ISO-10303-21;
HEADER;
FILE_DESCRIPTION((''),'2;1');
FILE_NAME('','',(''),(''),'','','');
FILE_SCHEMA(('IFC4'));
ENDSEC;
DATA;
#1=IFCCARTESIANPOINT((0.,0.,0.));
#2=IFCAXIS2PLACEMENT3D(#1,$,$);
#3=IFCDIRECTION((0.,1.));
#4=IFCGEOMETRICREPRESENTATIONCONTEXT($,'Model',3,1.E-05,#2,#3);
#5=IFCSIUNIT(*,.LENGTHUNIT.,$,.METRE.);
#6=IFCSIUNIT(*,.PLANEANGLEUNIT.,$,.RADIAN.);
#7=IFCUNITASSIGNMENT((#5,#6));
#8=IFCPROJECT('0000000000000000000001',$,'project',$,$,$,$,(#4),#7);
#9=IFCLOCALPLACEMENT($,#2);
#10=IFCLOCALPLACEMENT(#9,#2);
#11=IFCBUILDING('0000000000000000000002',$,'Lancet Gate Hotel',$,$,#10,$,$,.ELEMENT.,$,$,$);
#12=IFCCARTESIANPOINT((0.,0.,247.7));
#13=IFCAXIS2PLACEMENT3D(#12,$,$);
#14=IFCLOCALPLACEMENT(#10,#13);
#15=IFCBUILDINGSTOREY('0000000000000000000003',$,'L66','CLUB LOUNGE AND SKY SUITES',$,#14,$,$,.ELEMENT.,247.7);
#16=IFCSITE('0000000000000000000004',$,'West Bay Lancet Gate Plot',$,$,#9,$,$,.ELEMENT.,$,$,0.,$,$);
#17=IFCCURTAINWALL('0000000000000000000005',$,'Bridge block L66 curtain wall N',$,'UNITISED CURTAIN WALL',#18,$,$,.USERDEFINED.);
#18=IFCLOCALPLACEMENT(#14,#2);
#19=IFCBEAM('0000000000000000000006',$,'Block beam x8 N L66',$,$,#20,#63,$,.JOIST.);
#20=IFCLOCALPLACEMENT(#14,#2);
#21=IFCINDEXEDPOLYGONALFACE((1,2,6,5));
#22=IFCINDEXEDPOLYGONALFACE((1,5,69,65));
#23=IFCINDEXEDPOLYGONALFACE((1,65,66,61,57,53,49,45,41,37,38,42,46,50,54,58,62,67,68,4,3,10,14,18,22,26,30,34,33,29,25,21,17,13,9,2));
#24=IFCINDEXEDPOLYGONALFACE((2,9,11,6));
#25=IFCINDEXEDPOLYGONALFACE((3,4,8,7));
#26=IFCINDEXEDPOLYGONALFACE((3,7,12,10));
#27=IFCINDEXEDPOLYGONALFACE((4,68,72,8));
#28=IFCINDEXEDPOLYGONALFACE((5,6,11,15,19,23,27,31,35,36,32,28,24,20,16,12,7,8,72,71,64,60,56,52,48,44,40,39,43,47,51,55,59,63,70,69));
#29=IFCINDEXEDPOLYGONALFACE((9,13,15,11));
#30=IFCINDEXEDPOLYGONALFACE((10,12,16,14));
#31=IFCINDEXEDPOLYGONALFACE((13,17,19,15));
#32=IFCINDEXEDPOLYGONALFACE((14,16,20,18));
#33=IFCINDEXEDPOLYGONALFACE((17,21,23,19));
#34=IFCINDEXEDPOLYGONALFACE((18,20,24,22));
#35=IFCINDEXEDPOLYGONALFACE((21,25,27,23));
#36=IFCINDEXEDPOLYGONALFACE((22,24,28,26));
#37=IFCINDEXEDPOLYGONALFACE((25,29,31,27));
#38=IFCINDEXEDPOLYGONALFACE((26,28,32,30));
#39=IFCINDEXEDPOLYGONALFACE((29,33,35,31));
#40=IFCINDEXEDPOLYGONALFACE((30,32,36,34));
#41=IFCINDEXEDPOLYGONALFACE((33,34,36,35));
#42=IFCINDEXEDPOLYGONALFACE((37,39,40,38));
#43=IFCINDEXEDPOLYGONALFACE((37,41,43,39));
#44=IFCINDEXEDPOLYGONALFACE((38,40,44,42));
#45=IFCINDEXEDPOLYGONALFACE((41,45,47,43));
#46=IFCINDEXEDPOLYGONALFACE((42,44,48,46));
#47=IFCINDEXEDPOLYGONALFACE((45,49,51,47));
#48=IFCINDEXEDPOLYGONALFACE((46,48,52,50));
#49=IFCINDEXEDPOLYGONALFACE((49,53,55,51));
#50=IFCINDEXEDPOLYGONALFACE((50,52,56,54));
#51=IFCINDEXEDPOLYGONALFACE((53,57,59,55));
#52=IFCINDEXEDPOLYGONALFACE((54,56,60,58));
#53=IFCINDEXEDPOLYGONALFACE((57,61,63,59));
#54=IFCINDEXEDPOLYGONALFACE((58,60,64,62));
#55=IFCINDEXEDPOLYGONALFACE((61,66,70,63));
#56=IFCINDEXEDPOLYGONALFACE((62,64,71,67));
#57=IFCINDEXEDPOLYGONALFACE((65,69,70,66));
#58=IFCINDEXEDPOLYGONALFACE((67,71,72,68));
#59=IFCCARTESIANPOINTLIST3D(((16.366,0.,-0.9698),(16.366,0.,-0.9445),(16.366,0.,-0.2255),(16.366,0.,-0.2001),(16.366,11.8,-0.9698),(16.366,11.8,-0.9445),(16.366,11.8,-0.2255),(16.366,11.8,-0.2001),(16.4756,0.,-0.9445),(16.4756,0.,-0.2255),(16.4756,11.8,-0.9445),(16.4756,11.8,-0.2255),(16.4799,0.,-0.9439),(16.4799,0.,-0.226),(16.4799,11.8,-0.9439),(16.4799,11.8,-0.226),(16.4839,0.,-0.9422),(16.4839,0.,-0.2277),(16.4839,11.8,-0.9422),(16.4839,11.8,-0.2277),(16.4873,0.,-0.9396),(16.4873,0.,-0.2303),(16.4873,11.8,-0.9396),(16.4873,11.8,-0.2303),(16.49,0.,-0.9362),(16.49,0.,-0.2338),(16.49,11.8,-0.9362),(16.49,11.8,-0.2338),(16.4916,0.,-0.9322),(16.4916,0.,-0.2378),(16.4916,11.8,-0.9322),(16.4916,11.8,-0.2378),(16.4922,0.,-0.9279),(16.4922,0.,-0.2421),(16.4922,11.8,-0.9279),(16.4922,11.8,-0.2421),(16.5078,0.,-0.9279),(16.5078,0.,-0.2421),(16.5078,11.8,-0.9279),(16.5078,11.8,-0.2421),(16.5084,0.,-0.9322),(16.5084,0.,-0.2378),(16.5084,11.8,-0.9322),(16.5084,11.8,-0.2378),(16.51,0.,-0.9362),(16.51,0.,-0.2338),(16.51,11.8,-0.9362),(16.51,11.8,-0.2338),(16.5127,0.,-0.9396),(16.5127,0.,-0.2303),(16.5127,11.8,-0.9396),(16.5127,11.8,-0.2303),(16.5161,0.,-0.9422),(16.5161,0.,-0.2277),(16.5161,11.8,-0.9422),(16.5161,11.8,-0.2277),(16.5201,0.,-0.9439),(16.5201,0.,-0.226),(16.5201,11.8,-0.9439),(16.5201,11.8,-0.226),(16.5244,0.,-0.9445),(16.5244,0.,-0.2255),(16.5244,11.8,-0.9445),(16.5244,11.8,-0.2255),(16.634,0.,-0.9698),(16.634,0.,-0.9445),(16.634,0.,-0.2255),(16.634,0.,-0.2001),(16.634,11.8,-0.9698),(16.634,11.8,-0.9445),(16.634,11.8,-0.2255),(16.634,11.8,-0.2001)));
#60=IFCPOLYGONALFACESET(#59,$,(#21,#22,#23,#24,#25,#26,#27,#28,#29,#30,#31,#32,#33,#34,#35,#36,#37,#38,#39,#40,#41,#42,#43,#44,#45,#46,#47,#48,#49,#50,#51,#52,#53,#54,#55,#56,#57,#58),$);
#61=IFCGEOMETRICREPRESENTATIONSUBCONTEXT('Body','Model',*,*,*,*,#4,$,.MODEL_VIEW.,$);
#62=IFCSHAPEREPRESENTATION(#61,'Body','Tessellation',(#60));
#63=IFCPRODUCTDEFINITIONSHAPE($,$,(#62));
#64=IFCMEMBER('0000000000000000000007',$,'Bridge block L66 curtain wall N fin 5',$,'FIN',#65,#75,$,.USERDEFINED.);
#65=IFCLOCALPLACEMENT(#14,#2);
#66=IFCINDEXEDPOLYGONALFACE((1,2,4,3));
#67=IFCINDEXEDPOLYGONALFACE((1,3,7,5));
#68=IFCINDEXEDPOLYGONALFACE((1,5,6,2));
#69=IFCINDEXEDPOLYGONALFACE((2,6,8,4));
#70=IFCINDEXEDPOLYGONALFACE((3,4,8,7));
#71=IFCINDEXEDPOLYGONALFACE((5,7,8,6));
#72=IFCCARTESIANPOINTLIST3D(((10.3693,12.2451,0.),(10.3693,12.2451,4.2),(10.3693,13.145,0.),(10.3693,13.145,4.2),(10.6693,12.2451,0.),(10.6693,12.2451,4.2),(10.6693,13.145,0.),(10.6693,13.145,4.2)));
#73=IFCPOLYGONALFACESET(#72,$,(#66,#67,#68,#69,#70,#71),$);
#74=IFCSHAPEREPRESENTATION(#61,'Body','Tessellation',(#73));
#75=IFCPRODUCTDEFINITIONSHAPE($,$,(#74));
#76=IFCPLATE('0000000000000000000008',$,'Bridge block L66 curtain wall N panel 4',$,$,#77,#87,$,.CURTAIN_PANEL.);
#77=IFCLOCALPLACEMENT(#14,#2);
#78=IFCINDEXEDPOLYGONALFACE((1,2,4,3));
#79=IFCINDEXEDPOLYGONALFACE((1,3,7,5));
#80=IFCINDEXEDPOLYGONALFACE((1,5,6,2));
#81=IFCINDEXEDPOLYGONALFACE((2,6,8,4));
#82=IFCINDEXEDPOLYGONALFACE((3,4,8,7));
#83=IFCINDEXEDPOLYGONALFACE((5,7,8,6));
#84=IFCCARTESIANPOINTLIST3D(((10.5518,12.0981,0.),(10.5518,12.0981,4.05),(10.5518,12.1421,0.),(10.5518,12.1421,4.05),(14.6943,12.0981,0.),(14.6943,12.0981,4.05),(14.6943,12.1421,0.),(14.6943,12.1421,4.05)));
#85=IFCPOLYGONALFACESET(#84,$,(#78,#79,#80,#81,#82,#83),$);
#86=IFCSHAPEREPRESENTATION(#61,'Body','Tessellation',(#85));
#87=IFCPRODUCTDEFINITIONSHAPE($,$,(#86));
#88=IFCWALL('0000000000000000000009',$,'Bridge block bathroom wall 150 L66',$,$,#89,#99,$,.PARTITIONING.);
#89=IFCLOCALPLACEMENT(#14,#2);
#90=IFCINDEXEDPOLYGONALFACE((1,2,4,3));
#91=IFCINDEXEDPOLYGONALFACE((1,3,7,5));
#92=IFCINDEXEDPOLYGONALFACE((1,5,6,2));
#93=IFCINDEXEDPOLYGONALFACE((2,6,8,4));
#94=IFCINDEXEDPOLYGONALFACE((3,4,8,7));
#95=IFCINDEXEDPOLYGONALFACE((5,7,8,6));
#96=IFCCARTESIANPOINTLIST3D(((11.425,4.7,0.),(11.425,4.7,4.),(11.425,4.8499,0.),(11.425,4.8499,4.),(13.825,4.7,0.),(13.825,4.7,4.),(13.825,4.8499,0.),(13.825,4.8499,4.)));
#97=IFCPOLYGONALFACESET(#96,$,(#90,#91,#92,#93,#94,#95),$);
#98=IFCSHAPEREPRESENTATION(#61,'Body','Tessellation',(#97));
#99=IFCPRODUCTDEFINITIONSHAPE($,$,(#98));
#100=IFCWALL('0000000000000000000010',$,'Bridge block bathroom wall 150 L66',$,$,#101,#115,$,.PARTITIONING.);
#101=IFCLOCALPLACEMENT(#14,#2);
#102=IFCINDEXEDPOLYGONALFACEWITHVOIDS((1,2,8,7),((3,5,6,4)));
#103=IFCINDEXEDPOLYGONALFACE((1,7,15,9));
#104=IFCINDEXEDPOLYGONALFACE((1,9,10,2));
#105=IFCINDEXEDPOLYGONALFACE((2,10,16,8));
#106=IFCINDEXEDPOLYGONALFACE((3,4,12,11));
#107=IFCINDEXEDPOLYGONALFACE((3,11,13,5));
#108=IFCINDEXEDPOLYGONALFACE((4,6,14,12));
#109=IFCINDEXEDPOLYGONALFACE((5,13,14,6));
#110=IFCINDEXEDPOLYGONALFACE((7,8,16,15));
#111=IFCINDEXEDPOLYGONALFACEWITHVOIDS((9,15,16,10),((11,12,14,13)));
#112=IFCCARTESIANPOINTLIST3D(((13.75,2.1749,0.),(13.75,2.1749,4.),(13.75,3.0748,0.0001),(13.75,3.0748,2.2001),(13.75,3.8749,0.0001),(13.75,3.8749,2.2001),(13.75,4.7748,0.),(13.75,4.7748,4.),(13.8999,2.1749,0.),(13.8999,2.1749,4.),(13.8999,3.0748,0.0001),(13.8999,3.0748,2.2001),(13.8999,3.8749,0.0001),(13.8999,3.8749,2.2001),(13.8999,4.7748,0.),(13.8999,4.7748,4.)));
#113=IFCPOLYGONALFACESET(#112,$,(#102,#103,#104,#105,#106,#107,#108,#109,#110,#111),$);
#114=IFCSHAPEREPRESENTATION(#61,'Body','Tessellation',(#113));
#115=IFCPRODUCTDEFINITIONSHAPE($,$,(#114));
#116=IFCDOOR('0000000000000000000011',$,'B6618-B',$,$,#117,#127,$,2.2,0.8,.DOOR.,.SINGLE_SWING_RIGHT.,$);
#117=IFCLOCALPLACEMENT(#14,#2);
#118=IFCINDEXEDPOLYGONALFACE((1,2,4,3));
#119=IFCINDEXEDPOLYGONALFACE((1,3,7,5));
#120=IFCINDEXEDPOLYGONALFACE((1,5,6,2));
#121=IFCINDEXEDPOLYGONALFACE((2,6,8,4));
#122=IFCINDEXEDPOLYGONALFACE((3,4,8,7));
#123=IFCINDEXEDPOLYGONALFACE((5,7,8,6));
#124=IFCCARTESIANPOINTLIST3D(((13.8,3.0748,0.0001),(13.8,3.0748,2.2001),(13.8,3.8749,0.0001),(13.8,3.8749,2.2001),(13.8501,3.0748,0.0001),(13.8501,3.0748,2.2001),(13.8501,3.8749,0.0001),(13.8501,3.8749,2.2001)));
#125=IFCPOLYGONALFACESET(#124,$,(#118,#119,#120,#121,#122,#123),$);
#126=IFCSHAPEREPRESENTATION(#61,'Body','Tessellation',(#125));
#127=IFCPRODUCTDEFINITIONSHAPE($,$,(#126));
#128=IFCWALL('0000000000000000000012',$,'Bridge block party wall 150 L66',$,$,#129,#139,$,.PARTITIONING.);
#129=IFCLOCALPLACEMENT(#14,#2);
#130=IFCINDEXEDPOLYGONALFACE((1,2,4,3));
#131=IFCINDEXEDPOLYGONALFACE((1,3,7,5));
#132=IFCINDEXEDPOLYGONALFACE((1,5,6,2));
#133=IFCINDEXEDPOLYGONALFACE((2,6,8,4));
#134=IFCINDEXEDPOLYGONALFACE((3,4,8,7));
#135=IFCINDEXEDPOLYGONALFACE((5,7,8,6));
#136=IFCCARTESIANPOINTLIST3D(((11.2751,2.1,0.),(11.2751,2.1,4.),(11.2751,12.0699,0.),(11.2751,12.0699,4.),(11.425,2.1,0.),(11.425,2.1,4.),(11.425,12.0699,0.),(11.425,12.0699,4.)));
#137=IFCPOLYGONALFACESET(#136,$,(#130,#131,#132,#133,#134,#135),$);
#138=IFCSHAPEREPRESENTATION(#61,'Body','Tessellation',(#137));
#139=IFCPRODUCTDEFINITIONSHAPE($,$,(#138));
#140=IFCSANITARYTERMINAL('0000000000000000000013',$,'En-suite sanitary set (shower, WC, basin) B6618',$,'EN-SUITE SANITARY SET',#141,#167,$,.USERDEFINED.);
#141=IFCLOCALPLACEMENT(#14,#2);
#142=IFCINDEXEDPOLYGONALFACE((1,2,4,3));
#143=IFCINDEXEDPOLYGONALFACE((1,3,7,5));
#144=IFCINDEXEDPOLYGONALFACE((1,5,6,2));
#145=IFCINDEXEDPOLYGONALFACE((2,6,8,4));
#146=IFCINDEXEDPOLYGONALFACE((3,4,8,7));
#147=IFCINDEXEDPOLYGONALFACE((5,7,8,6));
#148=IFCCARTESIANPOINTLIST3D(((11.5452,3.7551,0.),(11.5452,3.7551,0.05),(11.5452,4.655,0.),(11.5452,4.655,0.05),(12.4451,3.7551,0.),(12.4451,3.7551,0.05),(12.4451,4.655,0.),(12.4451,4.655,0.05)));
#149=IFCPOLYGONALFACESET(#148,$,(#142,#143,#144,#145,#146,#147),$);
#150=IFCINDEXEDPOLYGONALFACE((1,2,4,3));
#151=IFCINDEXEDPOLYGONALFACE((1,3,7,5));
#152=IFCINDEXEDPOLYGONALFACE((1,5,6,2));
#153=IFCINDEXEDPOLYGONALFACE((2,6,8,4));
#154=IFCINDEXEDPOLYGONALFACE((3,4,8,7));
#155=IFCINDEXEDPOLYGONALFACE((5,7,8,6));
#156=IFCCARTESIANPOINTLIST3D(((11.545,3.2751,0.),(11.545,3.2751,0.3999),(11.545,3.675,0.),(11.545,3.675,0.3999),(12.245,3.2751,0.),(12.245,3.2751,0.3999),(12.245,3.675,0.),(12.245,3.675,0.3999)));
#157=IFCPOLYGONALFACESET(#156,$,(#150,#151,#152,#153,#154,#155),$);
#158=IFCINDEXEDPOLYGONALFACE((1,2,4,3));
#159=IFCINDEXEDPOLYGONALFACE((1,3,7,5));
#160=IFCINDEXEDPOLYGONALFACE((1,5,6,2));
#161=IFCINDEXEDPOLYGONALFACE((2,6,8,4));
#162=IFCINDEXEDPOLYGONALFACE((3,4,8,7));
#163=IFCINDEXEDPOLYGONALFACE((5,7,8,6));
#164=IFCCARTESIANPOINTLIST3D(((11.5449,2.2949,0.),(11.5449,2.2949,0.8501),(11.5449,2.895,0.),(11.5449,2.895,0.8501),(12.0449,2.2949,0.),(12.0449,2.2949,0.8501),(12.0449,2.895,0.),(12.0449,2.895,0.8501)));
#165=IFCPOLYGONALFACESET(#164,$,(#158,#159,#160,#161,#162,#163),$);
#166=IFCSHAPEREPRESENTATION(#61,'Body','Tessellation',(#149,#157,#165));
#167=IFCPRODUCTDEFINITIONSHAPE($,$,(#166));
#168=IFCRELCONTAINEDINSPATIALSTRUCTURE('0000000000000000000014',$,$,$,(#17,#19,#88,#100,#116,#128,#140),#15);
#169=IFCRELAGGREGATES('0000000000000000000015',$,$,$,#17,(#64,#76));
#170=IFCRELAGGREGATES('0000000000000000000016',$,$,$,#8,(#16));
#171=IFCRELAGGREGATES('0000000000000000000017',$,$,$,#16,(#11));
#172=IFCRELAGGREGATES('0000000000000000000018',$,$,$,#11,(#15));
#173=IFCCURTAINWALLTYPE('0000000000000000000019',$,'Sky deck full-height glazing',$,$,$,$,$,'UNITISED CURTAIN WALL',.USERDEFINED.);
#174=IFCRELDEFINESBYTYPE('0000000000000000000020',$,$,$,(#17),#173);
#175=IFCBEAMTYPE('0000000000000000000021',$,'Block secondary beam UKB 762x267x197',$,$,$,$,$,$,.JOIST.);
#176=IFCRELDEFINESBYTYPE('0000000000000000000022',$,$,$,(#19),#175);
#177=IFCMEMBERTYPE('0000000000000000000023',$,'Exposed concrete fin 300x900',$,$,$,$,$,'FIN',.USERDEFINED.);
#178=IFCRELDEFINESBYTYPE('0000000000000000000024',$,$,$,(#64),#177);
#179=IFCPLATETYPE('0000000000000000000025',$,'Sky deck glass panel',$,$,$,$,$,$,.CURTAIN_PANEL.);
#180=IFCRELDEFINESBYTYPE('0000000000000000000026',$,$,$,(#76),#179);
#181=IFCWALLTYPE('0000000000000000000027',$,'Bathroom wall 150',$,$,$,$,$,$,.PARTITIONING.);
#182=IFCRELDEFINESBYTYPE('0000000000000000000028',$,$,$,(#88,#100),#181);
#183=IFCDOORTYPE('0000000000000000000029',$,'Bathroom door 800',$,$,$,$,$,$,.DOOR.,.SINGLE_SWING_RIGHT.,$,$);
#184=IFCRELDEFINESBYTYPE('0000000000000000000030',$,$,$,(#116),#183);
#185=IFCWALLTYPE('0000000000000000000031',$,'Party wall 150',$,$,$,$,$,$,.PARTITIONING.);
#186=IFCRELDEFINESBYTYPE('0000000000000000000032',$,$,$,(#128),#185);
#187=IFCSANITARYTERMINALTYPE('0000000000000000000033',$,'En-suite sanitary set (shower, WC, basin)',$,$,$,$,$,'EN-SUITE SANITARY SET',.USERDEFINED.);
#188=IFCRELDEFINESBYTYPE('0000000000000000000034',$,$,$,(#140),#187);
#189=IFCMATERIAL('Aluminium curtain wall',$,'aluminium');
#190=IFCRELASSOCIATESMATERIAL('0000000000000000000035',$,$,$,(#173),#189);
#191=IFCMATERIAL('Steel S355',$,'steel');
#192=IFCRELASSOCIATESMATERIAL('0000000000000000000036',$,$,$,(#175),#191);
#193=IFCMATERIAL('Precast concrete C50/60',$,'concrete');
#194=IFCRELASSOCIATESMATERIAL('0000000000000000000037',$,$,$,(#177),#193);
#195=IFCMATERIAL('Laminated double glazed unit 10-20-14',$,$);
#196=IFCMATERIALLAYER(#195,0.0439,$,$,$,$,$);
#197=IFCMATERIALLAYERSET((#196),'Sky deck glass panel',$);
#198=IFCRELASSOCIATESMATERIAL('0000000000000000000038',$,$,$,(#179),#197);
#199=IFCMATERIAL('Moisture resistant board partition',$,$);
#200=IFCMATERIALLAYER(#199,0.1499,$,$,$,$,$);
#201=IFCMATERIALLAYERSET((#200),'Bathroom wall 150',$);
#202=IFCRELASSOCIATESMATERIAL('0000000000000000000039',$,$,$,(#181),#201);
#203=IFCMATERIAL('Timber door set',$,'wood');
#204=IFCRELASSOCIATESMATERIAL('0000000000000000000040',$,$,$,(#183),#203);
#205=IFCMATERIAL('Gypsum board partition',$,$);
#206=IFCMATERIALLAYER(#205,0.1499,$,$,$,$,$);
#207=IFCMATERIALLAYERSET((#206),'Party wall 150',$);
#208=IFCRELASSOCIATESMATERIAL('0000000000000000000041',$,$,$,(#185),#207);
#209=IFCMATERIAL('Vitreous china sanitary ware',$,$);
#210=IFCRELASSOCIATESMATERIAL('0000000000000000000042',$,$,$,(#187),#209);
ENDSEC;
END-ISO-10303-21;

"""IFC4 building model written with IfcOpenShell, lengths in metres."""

from ifc_helpers import new_model, si_unit, direction, frame, frame_2d, origin, origin_2d, place, context, subcontext, project, spatial, rectangle, i_section, extrude, material, layer, layer_set, material_profile, profile_set, type_object, element, fill, aggregate, save


model = new_model("IFC4")

# Units and contexts
model_context = context("Model", 3, precision=1e-05, world=origin(), true_north=direction((0.0, 1.0)))
body_context = subcontext(model_context, "Body", "Model", "MODEL_VIEW")
ifc_project = project(units=[si_unit("LENGTHUNIT", "METRE"), si_unit("PLANEANGLEUNIT", "RADIAN")], contexts=[model_context])

# Site, building, storey
site_placement = place(None, origin())
site = spatial("IfcSite", under=ifc_project, at=site_placement, Name="West Bay Lancet Gate Plot", CompositionType="ELEMENT", RefElevation=0.0)
building_placement = place(site_placement, origin())
building = spatial("IfcBuilding", under=site, at=building_placement, Name="Lancet Gate Hotel", CompositionType="ELEMENT")
storey_placement = place(building_placement, frame((0.0, 0.0, 247.7)))
storey = spatial("IfcBuildingStorey", under=building, at=storey_placement, Name="L66", Description="CLUB LOUNGE AND SKY SUITES", CompositionType="ELEMENT", Elevation=247.7)

# Curtain wall
ifc_material_1 = material(Name="Aluminium curtain wall", Category="aluminium")
curtain_wall_type = type_object("IfcCurtainWallType", Name="Sky deck full-height glazing", ElementType="UNITISED CURTAIN WALL", PredefinedType="USERDEFINED", material=ifc_material_1)
curtain_wall_placement = place(storey_placement, origin())
curtain_wall = element("IfcCurtainWall", 1, at=curtain_wall_placement, inside=storey, type_object=curtain_wall_type, Name="Bridge block L66 curtain wall N", ObjectType="UNITISED CURTAIN WALL", PredefinedType="USERDEFINED")

# Beam
ifc_material_2 = material(Name="Steel S355", Category="steel")
ifc_material_profile_1 = material_profile(ifc_material_2, i_section(OverallWidth=0.2681, OverallDepth=0.7698, WebThickness=0.0156, FlangeThickness=0.0254, FilletRadius=0.0166, at=origin_2d()), Name="UKB 762x267x197")
ifc_profile_set_1 = profile_set([ifc_material_profile_1], Name="Steel S355")
beam_type_1 = type_object("IfcBeamType", Name="Block secondary beam UKB 762x267x197", PredefinedType="JOIST", material=ifc_profile_set_1)
for number, where, z_axis, x_axis, name in (
    (2, (16.5, 0.0, -0.585), (0.0, 1.0, 0.0), (-1.0, 0.0, 0.0), "Block beam x8 N L66"),
):
    element("IfcBeam", number, at=place(storey_placement, frame(where, z_axis=z_axis, x_axis=x_axis)), inside=storey, type_object=beam_type_1, Name=name, PredefinedType="JOIST", context=body_context, shape_type="SweptSolid", body=[
        extrude(i_section(OverallWidth=0.2681, OverallDepth=0.7698, WebThickness=0.0156, FlangeThickness=0.0254, FilletRadius=0.0166, at=origin_2d()), origin(), (0.0, 0.0, 1.0), 11.8),
    ])

# Member
ifc_material_3 = material(Name="Precast concrete C50/60", Category="concrete")
ifc_material_profile_2 = material_profile(ifc_material_3, rectangle(XDim=0.3, YDim=0.8999, at=origin_2d()), Name="FIN 300x900")
ifc_profile_set_2 = profile_set([ifc_material_profile_2], Name="Precast concrete C50/60")
member_type_1 = type_object("IfcMemberType", Name="Exposed concrete fin 300x900", ElementType="FIN", PredefinedType="USERDEFINED", material=ifc_profile_set_2)
member_1_placement = place(storey_placement, frame((10.5193, 12.6951, 0.0), z_axis=(0.0, 0.0, 1.0), x_axis=(-1.0, 0.0, 0.0)))
member_1 = element("IfcMember", 3, at=member_1_placement, type_object=member_type_1, Name="Bridge block L66 curtain wall N fin 5", ObjectType="FIN", PredefinedType="USERDEFINED", context=body_context, shape_type="SweptSolid", body=[
    extrude(rectangle(XDim=0.3, YDim=0.8999, at=origin_2d()), origin(), (0.0, 0.0, 1.0), 4.2),
])

# Plate
ifc_material_4 = material(Name="Laminated double glazed unit 10-20-14")
ifc_layer_1 = layer(ifc_material_4, 0.0439)
ifc_layer_set_1 = layer_set([ifc_layer_1], Name="Sky deck glass panel")
plate_type = type_object("IfcPlateType", Name="Sky deck glass panel", PredefinedType="CURTAIN_PANEL", material=ifc_layer_set_1)
plate_placement = place(storey_placement, frame((12.623, 12.1201, 0.0), z_axis=(0.0, 0.0, 1.0), x_axis=(-1.0, 0.0, 0.0)))
plate = element("IfcPlate", 4, at=plate_placement, type_object=plate_type, Name="Bridge block L66 curtain wall N panel 4", PredefinedType="CURTAIN_PANEL", context=body_context, shape_type="SweptSolid", body=[
    extrude(rectangle(XDim=4.1426, YDim=0.0439, at=origin_2d()), origin(), (0.0, 0.0, 1.0), 4.05),
])
aggregate(curtain_wall, [member_1, plate])

# Wall
ifc_material_5 = material(Name="Moisture resistant board partition")
ifc_layer_2 = layer(ifc_material_5, 0.1499)
ifc_layer_set_2 = layer_set([ifc_layer_2], Name="Bathroom wall 150")
wall_type_1 = type_object("IfcWallType", Name="Bathroom wall 150", PredefinedType="PARTITIONING", material=ifc_layer_set_2)
wall_1_placement = place(storey_placement, frame((11.425, 4.7749, 0.0), z_axis=(0.0, 0.0, 1.0), x_axis=(1.0, 0.0, 0.0)))
element("IfcWall", 5, at=wall_1_placement, inside=storey, type_object=wall_type_1, Name="Bridge block bathroom wall 150 L66", PredefinedType="PARTITIONING", context=body_context, shape_type="SweptSolid", body=[
    extrude(rectangle(XDim=2.3999, YDim=0.1499, at=frame_2d((1.2, 0.0))), origin(), (0.0, 0.0, 1.0), 4.0),
])

# Wall, opening, door
wall_2_placement = place(storey_placement, frame((13.825, 2.175, 0.0), z_axis=(0.0, 0.0, 1.0), x_axis=(0.0, 1.0, 0.0)))
wall_2 = element("IfcWall", 6, at=wall_2_placement, inside=storey, type_object=wall_type_1, Name="Bridge block bathroom wall 150 L66", PredefinedType="PARTITIONING", context=body_context, shape_type="SweptSolid", body=[
    extrude(rectangle(XDim=2.5999, YDim=0.1499, at=frame_2d((1.2998, 0.0))), origin(), (0.0, 0.0, 1.0), 4.0),
])
opening_placement = place(wall_2_placement, frame((0.8999, 0.0, 0.0)))
opening = element("IfcOpeningElement", 7, at=opening_placement, cuts=wall_2, PredefinedType="OPENING", context=body_context, shape_type="SweptSolid", body=[
    extrude(rectangle(XDim=0.8, YDim=2.2, at=frame_2d((0.3999, 1.1001))), frame((0.0, 0.085, 0.0), z_axis=(0.0, -1.0, 0.0), x_axis=(1.0, 0.0, 0.0)), (0.0, 0.0, 1.0), 0.1699),
])
ifc_material_6 = material(Name="Timber door set", Category="wood")
door_type = type_object("IfcDoorType", Name="Bathroom door 800", OperationType="SINGLE_SWING_RIGHT", PredefinedType="DOOR", material=ifc_material_6)
door_placement = place(opening_placement, origin())
door = element("IfcDoor", 8, at=door_placement, inside=storey, type_object=door_type, Name="B6618-B", OperationType="SINGLE_SWING_RIGHT", OverallHeight=2.2, OverallWidth=0.8, PredefinedType="DOOR", context=body_context, shape_type="SweptSolid", body=[
    extrude(rectangle(XDim=0.8, YDim=2.2, at=frame_2d((0.3999, 1.1001))), frame((0.0, 0.0249, 0.0), z_axis=(0.0, -1.0, 0.0), x_axis=(1.0, 0.0, 0.0)), (0.0, 0.0, 1.0), 0.05),
])
fill(opening, door)

# Wall
ifc_material_7 = material(Name="Gypsum board partition")
ifc_layer_3 = layer(ifc_material_7, 0.1499)
ifc_layer_set_3 = layer_set([ifc_layer_3], Name="Party wall 150")
wall_type_2 = type_object("IfcWallType", Name="Party wall 150", PredefinedType="PARTITIONING", material=ifc_layer_set_3)
wall_3_placement = place(storey_placement, frame((11.3501, 2.1001, 0.0), z_axis=(0.0, 0.0, 1.0), x_axis=(0.0, 1.0, 0.0)))
element("IfcWall", 9, at=wall_3_placement, inside=storey, type_object=wall_type_2, Name="Bridge block party wall 150 L66", PredefinedType="PARTITIONING", context=body_context, shape_type="SweptSolid", body=[
    extrude(rectangle(XDim=9.97, YDim=0.1499, at=frame_2d((4.9849, 0.0))), origin(), (0.0, 0.0, 1.0), 4.0),
])

# Sanitary terminal
ifc_material_8 = material(Name="Vitreous china sanitary ware")
sanitary_terminal_type = type_object("IfcSanitaryTerminalType", Name="En-suite sanitary set (shower, WC, basin)", ElementType="EN-SUITE SANITARY SET", PredefinedType="USERDEFINED", material=ifc_material_8)
sanitary_terminal_placement = place(storey_placement, frame((11.9951, 4.2051, 0.0), z_axis=(0.0, 0.0, 1.0), x_axis=(1.0, 0.0, 0.0)))
element("IfcSanitaryTerminal", 10, at=sanitary_terminal_placement, inside=storey, type_object=sanitary_terminal_type, Name="En-suite sanitary set (shower, WC, basin) B6618", ObjectType="EN-SUITE SANITARY SET", PredefinedType="USERDEFINED", context=body_context, shape_type="SweptSolid", body=[
    extrude(rectangle(XDim=0.8999, YDim=0.8999, at=origin_2d()), frame((0.0, 0.0, 0.0), z_axis=(0.0, 0.0, 1.0), x_axis=(0.0, 1.0, 0.0)), (0.0, 0.0, 1.0), 0.05),
    extrude(rectangle(XDim=0.3999, YDim=0.7, at=origin_2d()), frame((-0.1001, -0.73, 0.0), z_axis=(0.0, 0.0, 1.0), x_axis=(0.0, 1.0, 0.0)), (0.0, 0.0, 1.0), 0.3999),
    extrude(rectangle(XDim=0.6001, YDim=0.5, at=origin_2d()), frame((-0.2002, -1.6101, 0.0), z_axis=(0.0, 0.0, 1.0), x_axis=(0.0, 1.0, 0.0)), (0.0, 0.0, 1.0), 0.8501),
])

save(model, "model.ifc")
